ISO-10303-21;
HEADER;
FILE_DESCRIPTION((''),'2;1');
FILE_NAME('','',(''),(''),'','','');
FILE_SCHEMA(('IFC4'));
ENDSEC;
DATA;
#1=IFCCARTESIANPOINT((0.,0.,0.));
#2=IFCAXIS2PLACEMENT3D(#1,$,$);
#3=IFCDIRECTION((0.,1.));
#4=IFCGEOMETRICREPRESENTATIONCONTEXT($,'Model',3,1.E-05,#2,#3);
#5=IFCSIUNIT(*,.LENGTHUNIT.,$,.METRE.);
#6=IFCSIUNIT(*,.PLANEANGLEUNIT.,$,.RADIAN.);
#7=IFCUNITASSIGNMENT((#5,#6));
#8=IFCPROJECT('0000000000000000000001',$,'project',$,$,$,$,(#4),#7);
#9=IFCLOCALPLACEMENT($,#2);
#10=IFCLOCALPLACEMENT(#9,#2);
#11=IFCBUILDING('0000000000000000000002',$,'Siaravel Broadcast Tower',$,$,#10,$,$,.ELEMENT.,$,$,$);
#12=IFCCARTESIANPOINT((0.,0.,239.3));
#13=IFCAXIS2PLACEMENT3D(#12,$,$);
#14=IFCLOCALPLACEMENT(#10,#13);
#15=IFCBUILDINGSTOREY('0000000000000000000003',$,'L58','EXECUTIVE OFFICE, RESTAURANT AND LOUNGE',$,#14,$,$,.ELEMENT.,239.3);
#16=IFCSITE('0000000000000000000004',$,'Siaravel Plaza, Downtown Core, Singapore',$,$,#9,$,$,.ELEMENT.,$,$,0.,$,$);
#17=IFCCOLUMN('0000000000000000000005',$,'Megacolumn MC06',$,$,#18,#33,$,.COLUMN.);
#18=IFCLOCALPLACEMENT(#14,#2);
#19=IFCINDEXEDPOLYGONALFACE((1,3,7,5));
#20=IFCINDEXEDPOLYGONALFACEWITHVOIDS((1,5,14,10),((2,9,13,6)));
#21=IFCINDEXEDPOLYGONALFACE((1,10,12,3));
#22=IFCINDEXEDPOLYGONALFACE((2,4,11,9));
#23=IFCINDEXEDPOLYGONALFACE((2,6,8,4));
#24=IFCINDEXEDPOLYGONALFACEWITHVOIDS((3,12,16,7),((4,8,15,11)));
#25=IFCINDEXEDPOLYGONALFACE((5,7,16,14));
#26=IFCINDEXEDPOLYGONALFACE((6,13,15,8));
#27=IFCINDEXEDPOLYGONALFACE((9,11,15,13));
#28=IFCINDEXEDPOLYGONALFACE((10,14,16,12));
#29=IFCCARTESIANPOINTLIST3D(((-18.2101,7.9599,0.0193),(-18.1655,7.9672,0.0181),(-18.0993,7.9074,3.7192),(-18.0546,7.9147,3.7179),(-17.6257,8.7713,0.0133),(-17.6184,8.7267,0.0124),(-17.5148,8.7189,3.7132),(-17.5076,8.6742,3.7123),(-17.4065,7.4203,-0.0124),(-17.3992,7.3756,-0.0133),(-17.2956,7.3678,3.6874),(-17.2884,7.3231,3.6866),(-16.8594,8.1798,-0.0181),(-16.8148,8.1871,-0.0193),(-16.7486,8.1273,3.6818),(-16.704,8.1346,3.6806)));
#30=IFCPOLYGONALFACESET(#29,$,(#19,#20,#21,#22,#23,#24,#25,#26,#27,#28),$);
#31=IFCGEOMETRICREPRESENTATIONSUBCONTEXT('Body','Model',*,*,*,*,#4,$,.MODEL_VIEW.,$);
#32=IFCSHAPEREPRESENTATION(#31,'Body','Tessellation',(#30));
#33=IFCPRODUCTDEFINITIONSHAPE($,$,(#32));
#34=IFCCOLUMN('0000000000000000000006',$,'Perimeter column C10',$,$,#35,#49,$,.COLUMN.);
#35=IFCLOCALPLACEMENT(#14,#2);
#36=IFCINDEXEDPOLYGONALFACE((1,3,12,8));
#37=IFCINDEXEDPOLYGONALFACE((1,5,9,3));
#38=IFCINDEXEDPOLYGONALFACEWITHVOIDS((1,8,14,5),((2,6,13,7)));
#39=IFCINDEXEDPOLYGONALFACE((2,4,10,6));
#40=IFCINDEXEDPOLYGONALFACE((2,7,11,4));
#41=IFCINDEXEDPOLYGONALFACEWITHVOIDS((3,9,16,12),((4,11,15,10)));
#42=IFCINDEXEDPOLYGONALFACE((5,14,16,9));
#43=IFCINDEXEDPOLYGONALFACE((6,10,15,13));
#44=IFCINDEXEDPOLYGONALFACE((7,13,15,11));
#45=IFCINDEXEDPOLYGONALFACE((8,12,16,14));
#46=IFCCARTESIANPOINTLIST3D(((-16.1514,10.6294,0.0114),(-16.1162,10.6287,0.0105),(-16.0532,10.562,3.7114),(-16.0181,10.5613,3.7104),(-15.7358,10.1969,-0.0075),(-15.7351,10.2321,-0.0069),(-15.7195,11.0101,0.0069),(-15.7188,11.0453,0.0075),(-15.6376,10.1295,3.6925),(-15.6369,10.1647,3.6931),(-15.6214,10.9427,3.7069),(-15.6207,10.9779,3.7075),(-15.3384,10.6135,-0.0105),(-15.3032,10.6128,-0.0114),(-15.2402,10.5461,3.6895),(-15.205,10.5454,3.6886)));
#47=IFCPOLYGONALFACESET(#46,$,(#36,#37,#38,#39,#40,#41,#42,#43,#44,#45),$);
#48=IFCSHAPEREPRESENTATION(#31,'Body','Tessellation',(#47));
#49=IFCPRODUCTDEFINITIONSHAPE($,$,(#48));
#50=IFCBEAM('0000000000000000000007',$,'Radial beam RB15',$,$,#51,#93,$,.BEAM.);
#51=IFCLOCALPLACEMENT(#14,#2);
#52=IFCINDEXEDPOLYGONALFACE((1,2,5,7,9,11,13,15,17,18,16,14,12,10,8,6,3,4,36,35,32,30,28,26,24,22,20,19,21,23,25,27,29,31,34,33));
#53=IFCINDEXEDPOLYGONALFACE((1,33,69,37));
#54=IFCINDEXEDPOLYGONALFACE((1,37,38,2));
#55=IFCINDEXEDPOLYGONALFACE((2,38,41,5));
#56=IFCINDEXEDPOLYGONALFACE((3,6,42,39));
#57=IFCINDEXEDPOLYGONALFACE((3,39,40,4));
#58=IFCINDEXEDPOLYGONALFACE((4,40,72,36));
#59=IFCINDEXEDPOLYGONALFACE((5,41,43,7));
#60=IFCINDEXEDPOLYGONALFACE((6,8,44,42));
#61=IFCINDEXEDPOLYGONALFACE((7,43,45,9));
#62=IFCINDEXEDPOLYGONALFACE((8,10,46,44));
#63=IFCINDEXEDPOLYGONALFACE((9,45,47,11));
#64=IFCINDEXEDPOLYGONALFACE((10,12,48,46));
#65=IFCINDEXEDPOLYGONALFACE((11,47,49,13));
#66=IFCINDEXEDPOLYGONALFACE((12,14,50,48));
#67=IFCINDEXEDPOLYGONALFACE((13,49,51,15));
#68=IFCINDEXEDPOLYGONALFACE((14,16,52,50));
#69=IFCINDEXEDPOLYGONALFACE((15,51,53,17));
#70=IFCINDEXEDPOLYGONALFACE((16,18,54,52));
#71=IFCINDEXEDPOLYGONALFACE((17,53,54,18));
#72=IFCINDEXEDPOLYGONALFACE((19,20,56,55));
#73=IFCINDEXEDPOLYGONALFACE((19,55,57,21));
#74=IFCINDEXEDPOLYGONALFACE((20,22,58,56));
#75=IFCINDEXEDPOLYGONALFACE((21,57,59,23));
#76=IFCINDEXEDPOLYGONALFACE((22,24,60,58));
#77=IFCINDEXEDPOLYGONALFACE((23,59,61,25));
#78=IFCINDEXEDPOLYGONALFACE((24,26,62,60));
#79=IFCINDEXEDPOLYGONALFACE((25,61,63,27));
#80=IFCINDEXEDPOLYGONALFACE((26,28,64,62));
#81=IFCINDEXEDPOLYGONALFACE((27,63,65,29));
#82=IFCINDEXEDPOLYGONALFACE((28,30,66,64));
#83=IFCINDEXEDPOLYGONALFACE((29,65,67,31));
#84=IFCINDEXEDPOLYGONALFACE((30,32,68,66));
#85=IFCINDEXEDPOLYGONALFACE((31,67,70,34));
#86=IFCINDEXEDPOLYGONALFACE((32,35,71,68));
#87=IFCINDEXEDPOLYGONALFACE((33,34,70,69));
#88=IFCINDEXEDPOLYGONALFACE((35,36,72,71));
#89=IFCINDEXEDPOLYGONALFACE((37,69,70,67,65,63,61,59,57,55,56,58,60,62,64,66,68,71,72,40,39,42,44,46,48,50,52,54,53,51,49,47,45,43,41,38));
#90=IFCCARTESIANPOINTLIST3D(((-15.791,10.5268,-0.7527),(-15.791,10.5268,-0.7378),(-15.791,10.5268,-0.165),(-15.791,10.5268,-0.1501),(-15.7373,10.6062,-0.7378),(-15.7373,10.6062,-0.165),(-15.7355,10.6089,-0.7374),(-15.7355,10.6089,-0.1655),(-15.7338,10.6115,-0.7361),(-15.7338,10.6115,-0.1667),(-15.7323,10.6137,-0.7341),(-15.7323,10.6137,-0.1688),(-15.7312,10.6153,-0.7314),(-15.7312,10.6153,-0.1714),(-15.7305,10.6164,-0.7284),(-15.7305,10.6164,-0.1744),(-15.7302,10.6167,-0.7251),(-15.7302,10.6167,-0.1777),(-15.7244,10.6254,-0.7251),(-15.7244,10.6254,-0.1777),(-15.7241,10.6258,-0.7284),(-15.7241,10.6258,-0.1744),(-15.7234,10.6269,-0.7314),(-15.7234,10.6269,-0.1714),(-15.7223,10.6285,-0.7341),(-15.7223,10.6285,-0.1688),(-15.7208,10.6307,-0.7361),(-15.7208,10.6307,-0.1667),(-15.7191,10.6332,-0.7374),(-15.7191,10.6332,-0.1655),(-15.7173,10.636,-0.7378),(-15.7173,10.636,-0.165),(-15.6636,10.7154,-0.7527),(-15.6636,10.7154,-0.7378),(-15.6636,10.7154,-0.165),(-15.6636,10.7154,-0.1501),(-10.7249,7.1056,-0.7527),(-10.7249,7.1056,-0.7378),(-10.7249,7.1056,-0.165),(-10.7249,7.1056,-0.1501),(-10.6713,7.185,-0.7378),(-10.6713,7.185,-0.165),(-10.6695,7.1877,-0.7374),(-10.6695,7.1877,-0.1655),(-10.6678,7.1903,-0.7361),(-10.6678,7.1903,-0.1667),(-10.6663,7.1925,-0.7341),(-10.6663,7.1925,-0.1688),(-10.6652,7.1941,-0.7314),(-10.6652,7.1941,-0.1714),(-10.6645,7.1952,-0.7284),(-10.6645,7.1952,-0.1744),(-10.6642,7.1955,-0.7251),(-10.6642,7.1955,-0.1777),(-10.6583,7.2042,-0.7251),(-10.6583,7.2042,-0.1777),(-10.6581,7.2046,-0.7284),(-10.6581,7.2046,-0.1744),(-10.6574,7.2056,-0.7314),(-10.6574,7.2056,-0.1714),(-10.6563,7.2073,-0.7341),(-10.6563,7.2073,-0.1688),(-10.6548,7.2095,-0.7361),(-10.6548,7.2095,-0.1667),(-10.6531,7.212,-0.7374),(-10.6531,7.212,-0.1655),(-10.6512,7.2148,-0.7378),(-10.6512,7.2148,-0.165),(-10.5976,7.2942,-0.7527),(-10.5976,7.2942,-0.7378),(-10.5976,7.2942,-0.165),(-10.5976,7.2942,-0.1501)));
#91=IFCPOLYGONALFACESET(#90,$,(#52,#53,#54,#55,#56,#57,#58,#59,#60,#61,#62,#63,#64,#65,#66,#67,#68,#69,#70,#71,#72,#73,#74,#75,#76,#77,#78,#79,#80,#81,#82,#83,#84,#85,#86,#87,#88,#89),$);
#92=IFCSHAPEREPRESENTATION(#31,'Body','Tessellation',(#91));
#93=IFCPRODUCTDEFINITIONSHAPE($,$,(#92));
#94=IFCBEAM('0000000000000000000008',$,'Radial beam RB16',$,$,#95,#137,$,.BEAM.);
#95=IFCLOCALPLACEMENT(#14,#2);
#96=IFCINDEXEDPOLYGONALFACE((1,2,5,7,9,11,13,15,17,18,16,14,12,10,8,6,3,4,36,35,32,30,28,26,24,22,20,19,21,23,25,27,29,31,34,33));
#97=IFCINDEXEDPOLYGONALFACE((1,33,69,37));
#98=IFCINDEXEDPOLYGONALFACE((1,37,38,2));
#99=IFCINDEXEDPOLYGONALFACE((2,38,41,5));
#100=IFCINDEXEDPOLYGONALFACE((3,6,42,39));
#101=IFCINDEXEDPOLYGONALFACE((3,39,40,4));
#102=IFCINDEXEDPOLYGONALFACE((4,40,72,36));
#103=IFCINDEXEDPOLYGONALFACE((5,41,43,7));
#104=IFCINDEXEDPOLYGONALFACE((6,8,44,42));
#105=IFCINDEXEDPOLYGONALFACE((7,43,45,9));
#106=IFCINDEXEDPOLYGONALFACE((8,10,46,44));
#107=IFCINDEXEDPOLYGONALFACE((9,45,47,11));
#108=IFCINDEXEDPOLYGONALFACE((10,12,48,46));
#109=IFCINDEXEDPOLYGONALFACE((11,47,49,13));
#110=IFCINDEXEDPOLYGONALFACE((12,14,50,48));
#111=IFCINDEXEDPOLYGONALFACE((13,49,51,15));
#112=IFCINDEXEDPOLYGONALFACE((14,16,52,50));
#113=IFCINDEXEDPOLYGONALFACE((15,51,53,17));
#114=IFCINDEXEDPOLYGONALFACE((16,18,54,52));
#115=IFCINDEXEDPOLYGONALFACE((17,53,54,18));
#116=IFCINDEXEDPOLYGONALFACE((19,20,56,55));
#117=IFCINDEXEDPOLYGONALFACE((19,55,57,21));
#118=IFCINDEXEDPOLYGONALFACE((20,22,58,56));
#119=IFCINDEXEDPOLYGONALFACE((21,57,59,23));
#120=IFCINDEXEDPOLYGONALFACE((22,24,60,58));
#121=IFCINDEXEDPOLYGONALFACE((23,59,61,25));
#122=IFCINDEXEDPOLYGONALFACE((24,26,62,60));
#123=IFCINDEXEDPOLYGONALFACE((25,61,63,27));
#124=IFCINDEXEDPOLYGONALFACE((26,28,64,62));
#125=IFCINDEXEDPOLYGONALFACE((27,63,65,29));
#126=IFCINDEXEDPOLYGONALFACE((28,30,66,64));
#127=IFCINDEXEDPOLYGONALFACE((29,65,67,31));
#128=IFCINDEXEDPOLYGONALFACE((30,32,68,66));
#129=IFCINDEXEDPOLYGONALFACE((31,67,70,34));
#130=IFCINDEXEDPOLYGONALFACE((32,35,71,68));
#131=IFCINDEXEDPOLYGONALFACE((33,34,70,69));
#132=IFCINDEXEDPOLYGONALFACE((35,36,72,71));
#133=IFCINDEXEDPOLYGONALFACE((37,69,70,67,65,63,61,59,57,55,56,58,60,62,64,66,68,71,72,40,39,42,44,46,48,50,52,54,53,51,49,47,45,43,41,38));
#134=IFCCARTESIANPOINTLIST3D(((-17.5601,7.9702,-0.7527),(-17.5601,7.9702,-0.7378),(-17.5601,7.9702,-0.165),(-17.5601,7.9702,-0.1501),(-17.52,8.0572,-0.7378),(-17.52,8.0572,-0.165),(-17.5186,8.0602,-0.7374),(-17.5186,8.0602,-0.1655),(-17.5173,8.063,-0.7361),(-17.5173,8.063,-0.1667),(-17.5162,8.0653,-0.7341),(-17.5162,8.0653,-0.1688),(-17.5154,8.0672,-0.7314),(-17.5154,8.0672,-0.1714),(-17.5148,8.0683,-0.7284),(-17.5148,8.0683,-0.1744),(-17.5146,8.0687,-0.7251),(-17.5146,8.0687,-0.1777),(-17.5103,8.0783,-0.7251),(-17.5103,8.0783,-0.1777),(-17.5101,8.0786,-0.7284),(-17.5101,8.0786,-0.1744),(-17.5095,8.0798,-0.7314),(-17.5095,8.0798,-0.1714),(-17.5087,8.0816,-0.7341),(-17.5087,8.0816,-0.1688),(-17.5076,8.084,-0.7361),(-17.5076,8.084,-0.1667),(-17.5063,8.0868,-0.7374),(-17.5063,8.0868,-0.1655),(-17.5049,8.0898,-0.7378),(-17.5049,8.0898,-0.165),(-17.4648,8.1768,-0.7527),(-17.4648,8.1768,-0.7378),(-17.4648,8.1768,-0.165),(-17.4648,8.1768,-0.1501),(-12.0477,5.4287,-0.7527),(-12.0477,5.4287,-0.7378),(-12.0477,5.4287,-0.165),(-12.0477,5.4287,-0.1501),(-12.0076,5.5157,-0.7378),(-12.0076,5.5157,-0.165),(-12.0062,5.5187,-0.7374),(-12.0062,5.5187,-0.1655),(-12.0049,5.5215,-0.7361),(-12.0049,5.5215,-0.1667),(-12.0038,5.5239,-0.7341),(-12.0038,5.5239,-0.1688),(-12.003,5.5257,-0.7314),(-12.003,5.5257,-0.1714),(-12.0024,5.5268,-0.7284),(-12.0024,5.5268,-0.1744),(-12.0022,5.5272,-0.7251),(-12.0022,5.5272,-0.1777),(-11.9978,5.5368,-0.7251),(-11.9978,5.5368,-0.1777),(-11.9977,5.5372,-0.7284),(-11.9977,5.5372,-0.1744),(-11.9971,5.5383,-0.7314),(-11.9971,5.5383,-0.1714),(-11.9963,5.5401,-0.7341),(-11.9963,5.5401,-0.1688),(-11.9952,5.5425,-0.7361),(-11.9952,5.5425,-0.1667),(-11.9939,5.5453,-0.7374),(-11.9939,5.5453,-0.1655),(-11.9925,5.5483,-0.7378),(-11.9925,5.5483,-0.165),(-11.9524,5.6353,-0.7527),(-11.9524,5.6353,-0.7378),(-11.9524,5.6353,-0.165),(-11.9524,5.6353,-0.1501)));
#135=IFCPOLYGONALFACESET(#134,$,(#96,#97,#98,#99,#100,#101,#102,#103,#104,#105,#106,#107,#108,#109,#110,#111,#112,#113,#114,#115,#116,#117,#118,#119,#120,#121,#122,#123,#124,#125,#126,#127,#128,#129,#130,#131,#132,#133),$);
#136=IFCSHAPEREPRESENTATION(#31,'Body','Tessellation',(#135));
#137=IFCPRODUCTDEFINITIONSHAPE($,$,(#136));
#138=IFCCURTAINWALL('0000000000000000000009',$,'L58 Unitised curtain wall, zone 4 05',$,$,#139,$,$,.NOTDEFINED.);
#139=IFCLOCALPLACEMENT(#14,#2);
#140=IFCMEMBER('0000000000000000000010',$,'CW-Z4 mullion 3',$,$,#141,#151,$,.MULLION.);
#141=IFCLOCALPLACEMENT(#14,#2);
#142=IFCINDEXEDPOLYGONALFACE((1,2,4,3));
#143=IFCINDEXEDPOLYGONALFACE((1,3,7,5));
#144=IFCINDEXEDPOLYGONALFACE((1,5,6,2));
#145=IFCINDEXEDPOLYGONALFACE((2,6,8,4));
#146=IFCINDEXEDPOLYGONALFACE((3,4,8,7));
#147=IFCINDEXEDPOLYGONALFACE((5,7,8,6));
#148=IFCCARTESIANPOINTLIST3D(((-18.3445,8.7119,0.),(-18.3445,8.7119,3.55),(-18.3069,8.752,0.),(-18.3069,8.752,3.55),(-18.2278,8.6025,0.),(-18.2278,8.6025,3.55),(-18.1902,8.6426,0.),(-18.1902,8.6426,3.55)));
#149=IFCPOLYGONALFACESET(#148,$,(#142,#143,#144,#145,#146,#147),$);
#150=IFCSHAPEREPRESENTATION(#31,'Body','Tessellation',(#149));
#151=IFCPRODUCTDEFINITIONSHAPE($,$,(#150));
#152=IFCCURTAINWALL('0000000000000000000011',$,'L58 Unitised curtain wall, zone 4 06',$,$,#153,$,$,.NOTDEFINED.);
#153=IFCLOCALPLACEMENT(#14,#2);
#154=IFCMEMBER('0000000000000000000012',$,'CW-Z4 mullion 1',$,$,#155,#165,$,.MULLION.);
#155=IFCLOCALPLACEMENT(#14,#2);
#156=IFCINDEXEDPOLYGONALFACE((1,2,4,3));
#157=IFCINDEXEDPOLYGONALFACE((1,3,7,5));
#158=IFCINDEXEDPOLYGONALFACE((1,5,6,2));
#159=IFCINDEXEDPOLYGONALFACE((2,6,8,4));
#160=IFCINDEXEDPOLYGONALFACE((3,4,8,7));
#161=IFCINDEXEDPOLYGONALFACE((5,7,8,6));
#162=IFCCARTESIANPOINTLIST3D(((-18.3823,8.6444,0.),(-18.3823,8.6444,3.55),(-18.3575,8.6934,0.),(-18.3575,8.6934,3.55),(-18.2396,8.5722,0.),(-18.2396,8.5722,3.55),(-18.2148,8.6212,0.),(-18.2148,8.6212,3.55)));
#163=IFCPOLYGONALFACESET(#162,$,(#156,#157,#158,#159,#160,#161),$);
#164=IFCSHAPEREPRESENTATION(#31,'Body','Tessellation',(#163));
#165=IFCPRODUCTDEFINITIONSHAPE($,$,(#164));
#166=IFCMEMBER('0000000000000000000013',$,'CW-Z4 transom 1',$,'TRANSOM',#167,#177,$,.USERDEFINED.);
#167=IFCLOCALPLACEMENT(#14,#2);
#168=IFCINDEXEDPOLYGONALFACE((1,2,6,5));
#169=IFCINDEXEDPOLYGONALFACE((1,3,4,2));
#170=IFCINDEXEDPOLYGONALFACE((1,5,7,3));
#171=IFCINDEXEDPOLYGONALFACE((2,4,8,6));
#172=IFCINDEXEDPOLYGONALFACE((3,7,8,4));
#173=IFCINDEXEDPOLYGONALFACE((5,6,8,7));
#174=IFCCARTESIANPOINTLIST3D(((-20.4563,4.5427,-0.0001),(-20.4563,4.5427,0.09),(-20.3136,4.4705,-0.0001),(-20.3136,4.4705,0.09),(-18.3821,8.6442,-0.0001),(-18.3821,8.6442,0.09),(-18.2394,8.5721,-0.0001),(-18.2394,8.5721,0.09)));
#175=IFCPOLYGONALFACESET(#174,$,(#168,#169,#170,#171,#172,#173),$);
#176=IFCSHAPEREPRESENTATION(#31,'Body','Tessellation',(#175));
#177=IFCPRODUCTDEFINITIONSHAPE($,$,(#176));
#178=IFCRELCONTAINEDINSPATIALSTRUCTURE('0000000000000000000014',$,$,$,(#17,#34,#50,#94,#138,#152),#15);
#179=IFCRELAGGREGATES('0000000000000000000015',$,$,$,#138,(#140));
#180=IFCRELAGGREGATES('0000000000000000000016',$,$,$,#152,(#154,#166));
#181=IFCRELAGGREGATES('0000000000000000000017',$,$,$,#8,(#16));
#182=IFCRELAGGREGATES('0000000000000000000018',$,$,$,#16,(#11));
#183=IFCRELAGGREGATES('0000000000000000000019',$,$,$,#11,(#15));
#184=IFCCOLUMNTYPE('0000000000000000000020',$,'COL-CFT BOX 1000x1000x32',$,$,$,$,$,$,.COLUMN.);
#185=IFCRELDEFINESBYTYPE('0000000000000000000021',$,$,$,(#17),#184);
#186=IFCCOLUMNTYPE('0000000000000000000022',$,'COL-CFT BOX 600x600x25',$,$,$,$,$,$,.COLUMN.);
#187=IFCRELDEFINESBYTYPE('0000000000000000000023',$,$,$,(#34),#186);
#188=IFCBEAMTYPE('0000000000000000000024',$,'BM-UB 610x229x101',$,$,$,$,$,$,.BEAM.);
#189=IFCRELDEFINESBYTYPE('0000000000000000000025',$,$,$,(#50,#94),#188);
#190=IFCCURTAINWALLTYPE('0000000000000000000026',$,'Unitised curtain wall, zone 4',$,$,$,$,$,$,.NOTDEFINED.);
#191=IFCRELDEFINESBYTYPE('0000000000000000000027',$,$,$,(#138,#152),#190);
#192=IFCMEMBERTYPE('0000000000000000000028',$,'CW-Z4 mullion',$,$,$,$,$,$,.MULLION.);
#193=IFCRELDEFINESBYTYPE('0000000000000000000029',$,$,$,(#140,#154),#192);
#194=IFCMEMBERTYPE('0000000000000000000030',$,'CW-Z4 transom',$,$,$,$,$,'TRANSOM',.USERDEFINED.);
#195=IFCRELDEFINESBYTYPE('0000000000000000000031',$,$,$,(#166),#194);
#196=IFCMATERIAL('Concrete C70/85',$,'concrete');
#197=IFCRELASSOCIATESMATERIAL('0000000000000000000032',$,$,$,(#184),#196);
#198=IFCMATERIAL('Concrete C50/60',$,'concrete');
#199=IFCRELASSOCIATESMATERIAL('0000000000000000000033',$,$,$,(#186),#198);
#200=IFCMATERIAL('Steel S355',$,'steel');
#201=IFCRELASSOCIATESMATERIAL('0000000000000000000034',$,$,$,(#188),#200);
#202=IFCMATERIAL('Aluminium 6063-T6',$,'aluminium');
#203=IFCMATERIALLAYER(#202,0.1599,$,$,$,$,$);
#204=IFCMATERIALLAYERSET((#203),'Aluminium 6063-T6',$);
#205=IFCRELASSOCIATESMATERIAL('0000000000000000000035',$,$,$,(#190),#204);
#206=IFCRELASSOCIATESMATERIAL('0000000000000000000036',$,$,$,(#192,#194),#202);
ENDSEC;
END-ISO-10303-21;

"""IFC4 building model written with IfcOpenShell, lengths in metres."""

from ifc_helpers import new_model, si_unit, direction, frame, origin, origin_2d, place, context, subcontext, project, spatial, rectangle, hollow_rectangle, i_section, extrude, material, layer, layer_set, material_profile, profile_set, type_object, element, aggregate, save


model = new_model("IFC4")

# Units and contexts
model_context = context("Model", 3, precision=1e-05, world=origin(), true_north=direction((0.0, 1.0)))
body_context = subcontext(model_context, "Body", "Model", "MODEL_VIEW")
ifc_project = project(units=[si_unit("LENGTHUNIT", "METRE"), si_unit("PLANEANGLEUNIT", "RADIAN")], contexts=[model_context])

# Site, building, storey
site_placement = place(None, origin())
site = spatial("IfcSite", under=ifc_project, at=site_placement, Name="Siaravel Plaza, Downtown Core, Singapore", CompositionType="ELEMENT", RefElevation=0.0)
building_placement = place(site_placement, origin())
building = spatial("IfcBuilding", under=site, at=building_placement, Name="Siaravel Broadcast Tower", CompositionType="ELEMENT")
storey_placement = place(building_placement, frame((0.0, 0.0, 239.3)))
storey = spatial("IfcBuildingStorey", under=building, at=storey_placement, Name="L58", Description="EXECUTIVE OFFICE, RESTAURANT AND LOUNGE", CompositionType="ELEMENT", Elevation=239.3)

# Columns
ifc_material_1 = material(Name="Concrete C70/85", Category="concrete")
ifc_material_profile_1 = material_profile(ifc_material_1, hollow_rectangle(XDim=1.0, YDim=1.0, WallThickness=0.032, at=origin_2d()))
ifc_profile_set_1 = profile_set([ifc_material_profile_1], Name="Concrete C70/85")
column_type_1 = type_object("IfcColumnType", Name="COL-CFT BOX 1000x1000x32", PredefinedType="COLUMN", material=ifc_profile_set_1)
column_1_placement = place(storey_placement, frame((-17.5125, 8.0735, 0.0), z_axis=(0.029941, -0.014179, 0.999451), x_axis=(0.584425, 0.811425, -0.005996)))
element("IfcColumn", 1, at=column_1_placement, inside=storey, type_object=column_type_1, Name="Megacolumn MC06", PredefinedType="COLUMN", context=body_context, shape_type="SweptSolid", body=[
    extrude(hollow_rectangle(XDim=1.0, YDim=1.0, WallThickness=0.032, at=origin_2d()), origin(), (0.0, 0.0, 1.0), 3.7019),
])
ifc_material_2 = material(Name="Concrete C50/60", Category="concrete")
ifc_material_profile_2 = material_profile(ifc_material_2, hollow_rectangle(XDim=0.6001, YDim=0.6001, WallThickness=0.0249, at=origin_2d()))
ifc_profile_set_2 = profile_set([ifc_material_profile_2], Name="Concrete C50/60")
column_type_2 = type_object("IfcColumnType", Name="COL-CFT BOX 600x600x25", PredefinedType="COLUMN", material=ifc_profile_set_2)
column_2_placement = place(storey_placement, frame((-15.7273, 10.6211, 0.0), z_axis=(0.026512, -0.018202, 0.999483), x_axis=(0.72083, 0.693081, -0.006498)))
element("IfcColumn", 2, at=column_2_placement, inside=storey, type_object=column_type_2, Name="Perimeter column C10", PredefinedType="COLUMN", context=body_context, shape_type="SweptSolid", body=[
    extrude(hollow_rectangle(XDim=0.6001, YDim=0.6001, WallThickness=0.0249, at=origin_2d()), origin(), (0.0, 0.0, 1.0), 3.7019),
])

# Beams
ifc_material_3 = material(Name="Steel S355", Category="steel")
ifc_material_profile_3 = material_profile(ifc_material_3, i_section(OverallWidth=0.2275, OverallDepth=0.6025, WebThickness=0.0105, FlangeThickness=0.0149, FilletRadius=0.0127, at=origin_2d()))
ifc_profile_set_3 = profile_set([ifc_material_profile_3], Name="Steel S355")
beam_type = type_object("IfcBeamType", Name="BM-UB 610x229x101", PredefinedType="BEAM", material=ifc_profile_set_3)
beam_1_placement = place(storey_placement, frame((-15.7273, 10.6211, -0.4514), z_axis=(0.828724, -0.559658, 0.0), x_axis=(0.559658, 0.828724, 0.0)))
element("IfcBeam", 3, at=beam_1_placement, inside=storey, type_object=beam_type, Name="Radial beam RB15", PredefinedType="BEAM", context=body_context, shape_type="SweptSolid", body=[
    extrude(i_section(OverallWidth=0.2275, OverallDepth=0.6025, WebThickness=0.0105, FlangeThickness=0.0149, FilletRadius=0.0127, at=origin_2d()), origin(), (0.0, 0.0, 1.0), 6.113),
])
beam_2_placement = place(storey_placement, frame((-17.5125, 8.0735, -0.4514), z_axis=(0.908129, -0.418691, 0.0), x_axis=(0.418691, 0.908129, 0.0)))
element("IfcBeam", 4, at=beam_2_placement, inside=storey, type_object=beam_type, Name="Radial beam RB16", PredefinedType="BEAM", context=body_context, shape_type="SweptSolid", body=[
    extrude(i_section(OverallWidth=0.2275, OverallDepth=0.6025, WebThickness=0.0105, FlangeThickness=0.0149, FilletRadius=0.0127, at=origin_2d()), origin(), (0.0, 0.0, 1.0), 6.0701),
])

# Curtain wall, member
ifc_material_4 = material(Name="Aluminium 6063-T6", Category="aluminium")
ifc_layer_1 = layer(ifc_material_4, 0.1599)
ifc_layer_set_1 = layer_set([ifc_layer_1], Name="Aluminium 6063-T6")
curtain_wall_type = type_object("IfcCurtainWallType", Name="Unitised curtain wall, zone 4", PredefinedType="NOTDEFINED", material=ifc_layer_set_1)
curtain_wall_1_placement = place(storey_placement, origin())
curtain_wall_1 = element("IfcCurtainWall", 5, at=curtain_wall_1_placement, inside=storey, type_object=curtain_wall_type, Name="L58 Unitised curtain wall, zone 4 05", PredefinedType="NOTDEFINED")
ifc_material_profile_4 = material_profile(ifc_material_4, rectangle(XDim=0.1599, YDim=0.0549, at=origin_2d()))
ifc_profile_set_4 = profile_set([ifc_material_profile_4], Name="Aluminium 6063-T6")
member_type_1 = type_object("IfcMemberType", Name="CW-Z4 mullion", PredefinedType="MULLION", material=ifc_profile_set_4)
member_1_placement = place(storey_placement, frame((-18.2673, 8.6772, 0.0), z_axis=(0.0, 0.0, 1.0), x_axis=(0.729807, -0.683654, 0.0)))
member_1 = element("IfcMember", 6, at=member_1_placement, type_object=member_type_1, Name="CW-Z4 mullion 3", PredefinedType="MULLION", context=body_context, shape_type="SweptSolid", body=[
    extrude(rectangle(XDim=0.1599, YDim=0.0549, at=origin_2d()), origin(), (0.0, 0.0, 1.0), 3.55),
])

# Curtain wall, members
curtain_wall_2_placement = place(storey_placement, origin())
curtain_wall_2 = element("IfcCurtainWall", 7, at=curtain_wall_2_placement, inside=storey, type_object=curtain_wall_type, Name="L58 Unitised curtain wall, zone 4 06", PredefinedType="NOTDEFINED")
member_2_placement = place(storey_placement, frame((-18.2986, 8.6328, 0.0), z_axis=(0.0, 0.0, 1.0), x_axis=(0.892393, -0.451259, 0.0)))
member_2 = element("IfcMember", 8, at=member_2_placement, type_object=member_type_1, Name="CW-Z4 mullion 1", PredefinedType="MULLION", context=body_context, shape_type="SweptSolid", body=[
    extrude(rectangle(XDim=0.1599, YDim=0.0549, at=origin_2d()), origin(), (0.0, 0.0, 1.0), 3.55),
])
ifc_material_profile_5 = material_profile(ifc_material_4, rectangle(XDim=0.1599, YDim=0.0901, at=origin_2d()))
ifc_profile_set_5 = profile_set([ifc_material_profile_5], Name="Aluminium 6063-T6")
member_type_2 = type_object("IfcMemberType", Name="CW-Z4 transom", ElementType="TRANSOM", PredefinedType="USERDEFINED", material=ifc_profile_set_5)
member_3_placement = place(storey_placement, frame((-18.3108, 8.6082, 0.0449), z_axis=(-0.451288, -0.892378, 0.0), x_axis=(0.892378, -0.451288, 0.0)))
member_3 = element("IfcMember", 9, at=member_3_placement, type_object=member_type_2, Name="CW-Z4 transom 1", ObjectType="TRANSOM", PredefinedType="USERDEFINED", context=body_context, shape_type="SweptSolid", body=[
    extrude(rectangle(XDim=0.1599, YDim=0.0901, at=origin_2d()), origin(), (0.0, 0.0, 1.0), 4.5962),
])

aggregate(curtain_wall_1, [member_1])
aggregate(curtain_wall_2, [member_2, member_3])

save(model, "model.ifc")
